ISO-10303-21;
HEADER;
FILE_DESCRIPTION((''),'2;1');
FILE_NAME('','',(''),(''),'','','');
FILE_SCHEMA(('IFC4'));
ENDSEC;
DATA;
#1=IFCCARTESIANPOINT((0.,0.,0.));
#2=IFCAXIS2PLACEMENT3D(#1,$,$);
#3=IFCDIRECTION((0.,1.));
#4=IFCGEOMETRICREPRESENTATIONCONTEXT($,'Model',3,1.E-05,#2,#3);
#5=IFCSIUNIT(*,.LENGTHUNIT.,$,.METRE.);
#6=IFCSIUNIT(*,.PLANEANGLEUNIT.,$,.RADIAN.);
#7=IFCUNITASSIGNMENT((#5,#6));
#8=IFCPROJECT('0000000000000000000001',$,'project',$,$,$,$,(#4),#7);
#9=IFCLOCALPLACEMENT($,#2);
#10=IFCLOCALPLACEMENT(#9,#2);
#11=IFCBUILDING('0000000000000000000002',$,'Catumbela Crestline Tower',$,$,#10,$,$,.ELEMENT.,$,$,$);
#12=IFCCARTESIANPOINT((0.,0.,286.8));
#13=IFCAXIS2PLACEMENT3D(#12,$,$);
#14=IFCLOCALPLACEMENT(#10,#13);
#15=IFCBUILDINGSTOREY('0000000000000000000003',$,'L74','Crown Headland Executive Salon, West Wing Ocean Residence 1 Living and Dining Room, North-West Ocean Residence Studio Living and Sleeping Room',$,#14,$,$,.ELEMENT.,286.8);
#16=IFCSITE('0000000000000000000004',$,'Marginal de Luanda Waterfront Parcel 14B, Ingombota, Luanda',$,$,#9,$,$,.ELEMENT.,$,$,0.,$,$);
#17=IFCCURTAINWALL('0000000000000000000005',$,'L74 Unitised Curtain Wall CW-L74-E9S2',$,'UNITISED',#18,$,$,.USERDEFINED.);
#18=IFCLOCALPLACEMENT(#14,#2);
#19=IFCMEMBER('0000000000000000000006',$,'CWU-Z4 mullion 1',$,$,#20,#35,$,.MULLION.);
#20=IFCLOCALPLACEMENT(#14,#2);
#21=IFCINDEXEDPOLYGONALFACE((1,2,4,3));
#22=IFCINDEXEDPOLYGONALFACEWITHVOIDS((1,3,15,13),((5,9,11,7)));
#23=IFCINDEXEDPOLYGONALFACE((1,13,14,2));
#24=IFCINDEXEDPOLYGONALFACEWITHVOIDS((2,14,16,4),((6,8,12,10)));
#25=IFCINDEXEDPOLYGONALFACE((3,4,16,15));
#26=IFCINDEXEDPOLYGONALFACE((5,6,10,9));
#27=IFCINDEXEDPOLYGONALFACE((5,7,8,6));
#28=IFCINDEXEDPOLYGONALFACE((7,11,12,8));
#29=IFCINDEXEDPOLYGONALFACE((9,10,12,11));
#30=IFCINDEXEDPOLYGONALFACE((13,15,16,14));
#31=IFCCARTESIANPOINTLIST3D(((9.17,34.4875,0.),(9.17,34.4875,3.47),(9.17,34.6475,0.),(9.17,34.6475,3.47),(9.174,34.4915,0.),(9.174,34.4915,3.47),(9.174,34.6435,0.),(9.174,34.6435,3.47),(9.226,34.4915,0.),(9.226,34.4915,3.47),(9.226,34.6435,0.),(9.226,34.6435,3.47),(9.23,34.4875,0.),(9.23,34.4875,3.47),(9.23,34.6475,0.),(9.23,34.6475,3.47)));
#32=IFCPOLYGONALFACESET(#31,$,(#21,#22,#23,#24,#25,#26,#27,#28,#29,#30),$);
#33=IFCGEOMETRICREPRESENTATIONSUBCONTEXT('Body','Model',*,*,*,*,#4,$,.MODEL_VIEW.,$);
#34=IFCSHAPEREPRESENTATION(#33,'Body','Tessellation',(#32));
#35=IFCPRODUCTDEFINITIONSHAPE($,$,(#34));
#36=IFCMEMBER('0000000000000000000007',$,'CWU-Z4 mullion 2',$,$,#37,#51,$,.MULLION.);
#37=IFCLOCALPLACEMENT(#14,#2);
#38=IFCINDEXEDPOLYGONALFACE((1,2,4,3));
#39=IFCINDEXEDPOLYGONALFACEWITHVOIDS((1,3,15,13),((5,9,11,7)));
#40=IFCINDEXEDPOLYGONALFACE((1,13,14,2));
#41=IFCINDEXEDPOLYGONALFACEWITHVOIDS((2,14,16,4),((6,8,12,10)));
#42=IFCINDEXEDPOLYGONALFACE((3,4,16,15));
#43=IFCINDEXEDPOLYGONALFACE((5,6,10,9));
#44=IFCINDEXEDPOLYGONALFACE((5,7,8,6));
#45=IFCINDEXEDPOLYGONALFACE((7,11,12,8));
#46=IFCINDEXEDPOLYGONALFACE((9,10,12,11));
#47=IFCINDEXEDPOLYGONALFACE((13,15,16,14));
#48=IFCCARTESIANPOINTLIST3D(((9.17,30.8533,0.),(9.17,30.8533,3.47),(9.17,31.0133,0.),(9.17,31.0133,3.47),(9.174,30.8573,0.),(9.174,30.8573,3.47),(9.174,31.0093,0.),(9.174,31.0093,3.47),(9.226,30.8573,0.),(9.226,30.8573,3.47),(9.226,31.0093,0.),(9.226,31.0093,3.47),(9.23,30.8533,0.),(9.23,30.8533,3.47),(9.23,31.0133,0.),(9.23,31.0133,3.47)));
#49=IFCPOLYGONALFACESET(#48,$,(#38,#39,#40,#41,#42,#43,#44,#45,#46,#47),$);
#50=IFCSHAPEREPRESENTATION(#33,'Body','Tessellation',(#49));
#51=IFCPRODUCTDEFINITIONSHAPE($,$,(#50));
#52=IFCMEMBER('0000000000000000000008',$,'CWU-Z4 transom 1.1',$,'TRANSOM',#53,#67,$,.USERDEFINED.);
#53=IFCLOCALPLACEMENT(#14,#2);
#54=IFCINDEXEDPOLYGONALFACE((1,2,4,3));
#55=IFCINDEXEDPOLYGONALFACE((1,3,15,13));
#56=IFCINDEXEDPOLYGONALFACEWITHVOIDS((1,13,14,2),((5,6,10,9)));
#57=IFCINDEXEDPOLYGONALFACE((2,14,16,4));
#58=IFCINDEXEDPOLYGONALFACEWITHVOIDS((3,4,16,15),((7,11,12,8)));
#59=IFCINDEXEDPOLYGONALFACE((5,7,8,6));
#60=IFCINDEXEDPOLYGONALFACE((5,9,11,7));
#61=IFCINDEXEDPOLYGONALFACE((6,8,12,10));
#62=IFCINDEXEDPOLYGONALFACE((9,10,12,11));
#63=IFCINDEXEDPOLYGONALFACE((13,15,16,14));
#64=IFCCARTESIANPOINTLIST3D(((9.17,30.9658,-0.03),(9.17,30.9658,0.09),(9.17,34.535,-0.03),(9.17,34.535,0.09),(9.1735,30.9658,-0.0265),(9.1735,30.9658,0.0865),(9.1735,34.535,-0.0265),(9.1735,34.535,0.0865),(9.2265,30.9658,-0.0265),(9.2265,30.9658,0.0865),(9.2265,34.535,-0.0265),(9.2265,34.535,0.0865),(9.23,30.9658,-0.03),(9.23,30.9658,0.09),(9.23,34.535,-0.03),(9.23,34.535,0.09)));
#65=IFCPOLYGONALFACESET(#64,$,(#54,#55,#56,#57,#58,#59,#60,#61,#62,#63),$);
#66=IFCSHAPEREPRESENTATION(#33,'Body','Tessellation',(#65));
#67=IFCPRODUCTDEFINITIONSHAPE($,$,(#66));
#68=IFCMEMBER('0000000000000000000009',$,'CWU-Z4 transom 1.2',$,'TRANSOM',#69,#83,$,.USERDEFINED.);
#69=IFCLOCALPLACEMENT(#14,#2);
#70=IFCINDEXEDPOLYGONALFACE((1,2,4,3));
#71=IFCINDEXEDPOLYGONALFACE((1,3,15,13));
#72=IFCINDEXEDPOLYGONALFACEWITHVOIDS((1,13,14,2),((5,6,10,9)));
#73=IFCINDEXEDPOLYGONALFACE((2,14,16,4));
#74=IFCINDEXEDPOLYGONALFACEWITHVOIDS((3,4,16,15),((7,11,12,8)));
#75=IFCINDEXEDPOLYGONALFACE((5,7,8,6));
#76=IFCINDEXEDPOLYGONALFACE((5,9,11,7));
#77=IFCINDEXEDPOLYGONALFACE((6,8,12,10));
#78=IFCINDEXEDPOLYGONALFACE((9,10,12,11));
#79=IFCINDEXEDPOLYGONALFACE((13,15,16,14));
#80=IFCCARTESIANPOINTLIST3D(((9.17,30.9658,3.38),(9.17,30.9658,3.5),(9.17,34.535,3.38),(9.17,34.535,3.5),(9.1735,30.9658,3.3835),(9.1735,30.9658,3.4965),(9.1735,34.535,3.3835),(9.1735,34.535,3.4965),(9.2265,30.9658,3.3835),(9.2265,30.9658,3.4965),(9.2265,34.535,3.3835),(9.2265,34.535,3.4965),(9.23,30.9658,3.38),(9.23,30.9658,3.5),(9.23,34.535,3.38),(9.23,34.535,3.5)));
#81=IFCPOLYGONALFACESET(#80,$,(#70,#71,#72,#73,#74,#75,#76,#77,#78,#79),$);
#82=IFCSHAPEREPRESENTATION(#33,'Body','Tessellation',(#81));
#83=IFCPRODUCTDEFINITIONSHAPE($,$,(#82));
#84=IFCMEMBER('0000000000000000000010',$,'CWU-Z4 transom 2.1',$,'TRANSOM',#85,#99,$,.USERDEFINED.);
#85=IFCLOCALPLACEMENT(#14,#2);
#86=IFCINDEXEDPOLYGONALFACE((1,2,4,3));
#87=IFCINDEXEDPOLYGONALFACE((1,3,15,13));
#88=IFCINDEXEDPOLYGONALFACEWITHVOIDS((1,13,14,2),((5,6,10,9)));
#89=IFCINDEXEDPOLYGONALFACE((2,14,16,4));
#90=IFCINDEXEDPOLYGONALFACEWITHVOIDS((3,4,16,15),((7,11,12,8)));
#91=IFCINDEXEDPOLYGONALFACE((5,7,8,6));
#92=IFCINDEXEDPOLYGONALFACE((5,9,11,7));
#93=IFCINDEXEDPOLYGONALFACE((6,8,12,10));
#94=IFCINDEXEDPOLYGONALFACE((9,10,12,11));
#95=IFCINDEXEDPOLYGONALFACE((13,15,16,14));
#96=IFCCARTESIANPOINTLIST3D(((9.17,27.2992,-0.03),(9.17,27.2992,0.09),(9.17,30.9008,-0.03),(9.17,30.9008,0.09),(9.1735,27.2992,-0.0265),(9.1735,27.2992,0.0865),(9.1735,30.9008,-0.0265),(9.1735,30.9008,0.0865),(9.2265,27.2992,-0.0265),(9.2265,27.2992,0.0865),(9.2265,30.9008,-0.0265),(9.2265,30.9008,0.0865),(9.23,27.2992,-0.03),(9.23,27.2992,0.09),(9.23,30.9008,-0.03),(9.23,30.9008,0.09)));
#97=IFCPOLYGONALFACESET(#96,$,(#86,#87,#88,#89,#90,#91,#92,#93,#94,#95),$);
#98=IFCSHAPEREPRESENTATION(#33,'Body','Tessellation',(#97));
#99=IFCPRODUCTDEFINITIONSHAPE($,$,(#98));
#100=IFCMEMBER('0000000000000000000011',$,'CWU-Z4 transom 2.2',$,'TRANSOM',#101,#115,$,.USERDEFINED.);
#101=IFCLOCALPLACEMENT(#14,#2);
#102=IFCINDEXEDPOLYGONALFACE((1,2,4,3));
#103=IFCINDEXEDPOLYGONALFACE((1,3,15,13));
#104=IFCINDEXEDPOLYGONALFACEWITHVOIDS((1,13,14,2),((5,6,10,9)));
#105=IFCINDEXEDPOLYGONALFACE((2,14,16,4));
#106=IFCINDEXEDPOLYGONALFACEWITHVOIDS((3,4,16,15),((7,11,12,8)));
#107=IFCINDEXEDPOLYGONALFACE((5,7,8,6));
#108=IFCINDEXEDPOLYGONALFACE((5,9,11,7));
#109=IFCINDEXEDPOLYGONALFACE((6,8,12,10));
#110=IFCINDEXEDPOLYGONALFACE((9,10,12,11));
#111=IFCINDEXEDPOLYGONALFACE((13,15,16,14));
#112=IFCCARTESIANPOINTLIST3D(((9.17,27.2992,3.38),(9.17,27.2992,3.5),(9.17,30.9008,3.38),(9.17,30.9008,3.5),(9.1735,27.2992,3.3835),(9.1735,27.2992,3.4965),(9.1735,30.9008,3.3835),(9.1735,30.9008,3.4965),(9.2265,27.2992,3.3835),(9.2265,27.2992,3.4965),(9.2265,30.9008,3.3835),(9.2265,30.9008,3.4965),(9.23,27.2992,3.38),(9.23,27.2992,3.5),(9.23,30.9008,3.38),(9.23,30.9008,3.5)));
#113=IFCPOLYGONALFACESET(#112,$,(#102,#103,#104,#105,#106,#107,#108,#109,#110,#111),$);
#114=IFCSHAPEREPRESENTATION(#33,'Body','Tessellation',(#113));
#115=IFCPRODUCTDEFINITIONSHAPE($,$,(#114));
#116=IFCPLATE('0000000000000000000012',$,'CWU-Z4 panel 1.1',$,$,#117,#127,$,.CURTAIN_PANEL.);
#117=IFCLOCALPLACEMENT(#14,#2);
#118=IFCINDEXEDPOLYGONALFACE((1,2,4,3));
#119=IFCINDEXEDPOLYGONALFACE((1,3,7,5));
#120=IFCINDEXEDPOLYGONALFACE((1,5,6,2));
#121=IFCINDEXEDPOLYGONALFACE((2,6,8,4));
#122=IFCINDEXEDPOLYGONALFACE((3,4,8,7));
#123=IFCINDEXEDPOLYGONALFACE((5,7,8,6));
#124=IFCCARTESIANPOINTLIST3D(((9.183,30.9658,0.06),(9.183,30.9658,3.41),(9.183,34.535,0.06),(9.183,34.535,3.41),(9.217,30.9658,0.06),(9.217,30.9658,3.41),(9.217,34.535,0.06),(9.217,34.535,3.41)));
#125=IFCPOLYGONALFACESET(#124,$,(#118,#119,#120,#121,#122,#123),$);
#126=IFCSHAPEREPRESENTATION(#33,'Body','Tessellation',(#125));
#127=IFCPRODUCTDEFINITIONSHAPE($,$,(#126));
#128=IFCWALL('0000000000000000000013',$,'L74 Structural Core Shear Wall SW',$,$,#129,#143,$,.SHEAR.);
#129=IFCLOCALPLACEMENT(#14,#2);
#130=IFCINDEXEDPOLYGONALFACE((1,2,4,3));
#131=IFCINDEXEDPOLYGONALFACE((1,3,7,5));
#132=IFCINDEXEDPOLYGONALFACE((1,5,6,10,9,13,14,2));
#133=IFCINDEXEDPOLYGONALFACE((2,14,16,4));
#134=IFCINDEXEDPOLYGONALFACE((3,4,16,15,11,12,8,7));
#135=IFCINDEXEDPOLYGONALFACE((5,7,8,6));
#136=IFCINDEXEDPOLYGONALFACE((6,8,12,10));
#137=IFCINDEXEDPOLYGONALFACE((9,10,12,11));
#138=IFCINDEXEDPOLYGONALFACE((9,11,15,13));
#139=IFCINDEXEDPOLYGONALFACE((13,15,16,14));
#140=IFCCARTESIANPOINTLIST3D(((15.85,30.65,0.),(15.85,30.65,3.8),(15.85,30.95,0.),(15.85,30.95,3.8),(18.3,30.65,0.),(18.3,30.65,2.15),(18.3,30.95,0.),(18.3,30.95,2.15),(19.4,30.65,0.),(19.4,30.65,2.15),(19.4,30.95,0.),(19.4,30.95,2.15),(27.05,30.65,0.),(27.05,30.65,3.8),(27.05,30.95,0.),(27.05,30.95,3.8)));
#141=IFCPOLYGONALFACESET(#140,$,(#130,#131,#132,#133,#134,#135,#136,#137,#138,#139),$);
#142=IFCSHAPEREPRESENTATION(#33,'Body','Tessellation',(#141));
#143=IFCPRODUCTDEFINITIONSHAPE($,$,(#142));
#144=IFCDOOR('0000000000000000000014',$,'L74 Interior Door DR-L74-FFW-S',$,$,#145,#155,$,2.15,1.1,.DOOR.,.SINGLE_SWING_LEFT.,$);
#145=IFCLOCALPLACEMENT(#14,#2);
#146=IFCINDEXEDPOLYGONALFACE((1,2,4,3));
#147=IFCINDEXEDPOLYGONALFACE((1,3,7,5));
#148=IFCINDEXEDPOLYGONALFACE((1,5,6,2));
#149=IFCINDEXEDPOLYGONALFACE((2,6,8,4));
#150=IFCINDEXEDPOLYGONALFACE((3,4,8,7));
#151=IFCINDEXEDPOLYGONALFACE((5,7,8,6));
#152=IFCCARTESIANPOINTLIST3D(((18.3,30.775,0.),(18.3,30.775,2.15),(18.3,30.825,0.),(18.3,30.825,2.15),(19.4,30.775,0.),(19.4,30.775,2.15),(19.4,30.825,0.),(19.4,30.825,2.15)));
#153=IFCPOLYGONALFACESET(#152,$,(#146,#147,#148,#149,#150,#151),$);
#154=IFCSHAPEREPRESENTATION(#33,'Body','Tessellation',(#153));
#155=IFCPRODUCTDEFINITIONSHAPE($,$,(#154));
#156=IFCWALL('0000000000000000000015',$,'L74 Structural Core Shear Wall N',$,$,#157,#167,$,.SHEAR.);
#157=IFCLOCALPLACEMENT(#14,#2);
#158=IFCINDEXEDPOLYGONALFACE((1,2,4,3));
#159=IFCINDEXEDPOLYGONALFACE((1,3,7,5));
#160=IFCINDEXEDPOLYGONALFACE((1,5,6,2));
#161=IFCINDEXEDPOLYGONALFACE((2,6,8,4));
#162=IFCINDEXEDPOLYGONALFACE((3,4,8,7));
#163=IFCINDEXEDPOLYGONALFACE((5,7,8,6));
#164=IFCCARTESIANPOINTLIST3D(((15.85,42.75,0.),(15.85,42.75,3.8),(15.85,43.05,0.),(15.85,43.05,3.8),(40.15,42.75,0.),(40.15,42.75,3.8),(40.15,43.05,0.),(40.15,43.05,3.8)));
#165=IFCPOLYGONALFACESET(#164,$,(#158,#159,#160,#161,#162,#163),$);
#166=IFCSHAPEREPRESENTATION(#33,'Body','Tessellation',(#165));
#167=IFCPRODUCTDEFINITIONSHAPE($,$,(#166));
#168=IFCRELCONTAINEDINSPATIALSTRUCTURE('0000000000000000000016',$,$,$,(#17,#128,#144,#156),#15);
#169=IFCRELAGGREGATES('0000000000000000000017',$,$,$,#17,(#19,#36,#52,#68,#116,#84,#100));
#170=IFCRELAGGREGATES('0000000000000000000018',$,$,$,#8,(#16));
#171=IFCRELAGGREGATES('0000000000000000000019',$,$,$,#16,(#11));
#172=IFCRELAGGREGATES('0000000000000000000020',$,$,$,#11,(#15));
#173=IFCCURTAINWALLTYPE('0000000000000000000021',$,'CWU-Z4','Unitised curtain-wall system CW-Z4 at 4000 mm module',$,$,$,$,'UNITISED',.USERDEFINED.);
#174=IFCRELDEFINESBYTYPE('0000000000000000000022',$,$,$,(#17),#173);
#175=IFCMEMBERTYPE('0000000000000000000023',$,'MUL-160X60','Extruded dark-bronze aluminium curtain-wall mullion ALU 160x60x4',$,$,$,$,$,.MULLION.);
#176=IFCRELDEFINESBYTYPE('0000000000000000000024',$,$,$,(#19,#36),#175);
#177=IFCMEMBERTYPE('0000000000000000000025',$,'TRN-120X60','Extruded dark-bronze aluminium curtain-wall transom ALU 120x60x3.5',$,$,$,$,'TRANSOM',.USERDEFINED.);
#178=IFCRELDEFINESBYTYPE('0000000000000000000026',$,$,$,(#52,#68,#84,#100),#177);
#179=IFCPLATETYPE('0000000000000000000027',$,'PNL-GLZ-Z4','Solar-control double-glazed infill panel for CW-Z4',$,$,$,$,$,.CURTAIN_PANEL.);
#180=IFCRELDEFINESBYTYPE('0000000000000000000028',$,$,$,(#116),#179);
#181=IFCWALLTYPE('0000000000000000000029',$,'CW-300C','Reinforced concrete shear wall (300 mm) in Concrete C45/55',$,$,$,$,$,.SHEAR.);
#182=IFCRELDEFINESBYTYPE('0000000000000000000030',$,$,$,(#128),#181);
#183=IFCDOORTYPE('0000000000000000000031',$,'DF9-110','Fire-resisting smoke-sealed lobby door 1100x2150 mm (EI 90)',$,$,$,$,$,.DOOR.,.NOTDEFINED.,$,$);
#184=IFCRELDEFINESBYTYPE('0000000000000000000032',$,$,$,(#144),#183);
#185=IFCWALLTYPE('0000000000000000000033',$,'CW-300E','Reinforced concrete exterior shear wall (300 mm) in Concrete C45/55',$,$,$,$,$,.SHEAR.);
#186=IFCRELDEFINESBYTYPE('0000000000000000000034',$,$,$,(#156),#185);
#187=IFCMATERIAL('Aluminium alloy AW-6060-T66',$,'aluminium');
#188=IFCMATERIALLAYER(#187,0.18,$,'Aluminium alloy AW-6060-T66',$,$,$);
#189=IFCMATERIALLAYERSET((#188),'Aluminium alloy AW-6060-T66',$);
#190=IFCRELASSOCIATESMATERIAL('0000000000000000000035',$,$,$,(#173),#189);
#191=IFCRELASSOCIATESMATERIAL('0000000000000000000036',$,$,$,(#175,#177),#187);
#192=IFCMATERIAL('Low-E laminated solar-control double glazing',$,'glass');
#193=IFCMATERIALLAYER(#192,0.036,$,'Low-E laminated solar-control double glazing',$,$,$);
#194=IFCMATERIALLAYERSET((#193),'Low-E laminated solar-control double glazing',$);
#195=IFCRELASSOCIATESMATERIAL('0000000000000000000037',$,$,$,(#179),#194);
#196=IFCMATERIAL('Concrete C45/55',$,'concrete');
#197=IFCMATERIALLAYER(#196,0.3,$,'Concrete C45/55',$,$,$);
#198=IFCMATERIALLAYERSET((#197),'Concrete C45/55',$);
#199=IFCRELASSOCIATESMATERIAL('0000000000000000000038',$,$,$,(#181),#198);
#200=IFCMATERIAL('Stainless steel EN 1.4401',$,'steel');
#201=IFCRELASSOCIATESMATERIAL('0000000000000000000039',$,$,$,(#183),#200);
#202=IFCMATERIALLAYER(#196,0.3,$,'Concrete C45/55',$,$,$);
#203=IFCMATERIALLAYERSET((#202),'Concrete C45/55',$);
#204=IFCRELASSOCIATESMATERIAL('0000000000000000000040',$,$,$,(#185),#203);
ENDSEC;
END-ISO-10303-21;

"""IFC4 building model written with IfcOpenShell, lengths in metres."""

from ifc_helpers import new_model, si_unit, direction, frame, frame_2d, origin, origin_2d, place, context, subcontext, project, spatial, rectangle, hollow_rectangle, extrude, material, layer, layer_set, material_profile, profile_set, type_object, element, fill, aggregate, save


model = new_model("IFC4")

# Units and contexts
model_context = context("Model", 3, precision=1e-05, world=origin(), true_north=direction((0.0, 1.0)))
body_context = subcontext(model_context, "Body", "Model", "MODEL_VIEW")
ifc_project = project(units=[si_unit("LENGTHUNIT", "METRE"), si_unit("PLANEANGLEUNIT", "RADIAN")], contexts=[model_context])

# Site, building, storey
site_placement = place(None, origin())
site = spatial("IfcSite", under=ifc_project, at=site_placement, Name="Marginal de Luanda Waterfront Parcel 14B, Ingombota, Luanda", CompositionType="ELEMENT", RefElevation=0.0)
building_placement = place(site_placement, origin())
building = spatial("IfcBuilding", under=site, at=building_placement, Name="Catumbela Crestline Tower", CompositionType="ELEMENT")
storey_placement = place(building_placement, frame((0.0, 0.0, 286.8)))
storey = spatial("IfcBuildingStorey", under=building, at=storey_placement, Name="L74", Description="Crown Headland Executive Salon, West Wing Ocean Residence 1 Living and Dining Room, North-West Ocean Residence Studio Living and Sleeping Room", CompositionType="ELEMENT", Elevation=286.8)

# Curtain wall, members, plate
ifc_material_1 = material(Name="Aluminium alloy AW-6060-T66", Category="aluminium")
ifc_layer_1 = layer(ifc_material_1, 0.18, Name="Aluminium alloy AW-6060-T66")
ifc_layer_set_1 = layer_set([ifc_layer_1], Name="Aluminium alloy AW-6060-T66")
curtain_wall_type = type_object("IfcCurtainWallType", Name="CWU-Z4", Description="Unitised curtain-wall system CW-Z4 at 4000 mm module", ElementType="UNITISED", PredefinedType="USERDEFINED", material=ifc_layer_set_1)
curtain_wall_placement = place(storey_placement, origin())
curtain_wall = element("IfcCurtainWall", 1, at=curtain_wall_placement, inside=storey, type_object=curtain_wall_type, Name="L74 Unitised Curtain Wall CW-L74-E9S2", ObjectType="UNITISED", PredefinedType="USERDEFINED")
ifc_material_profile_1 = material_profile(ifc_material_1, hollow_rectangle(XDim=0.06, YDim=0.16, WallThickness=0.004, at=origin_2d()), Name="ALU 160x60x4")
ifc_profile_set_1 = profile_set([ifc_material_profile_1], Name="Aluminium alloy AW-6060-T66")
member_type_1 = type_object("IfcMemberType", Name="MUL-160X60", Description="Extruded dark-bronze aluminium curtain-wall mullion ALU 160x60x4", PredefinedType="MULLION", material=ifc_profile_set_1)
member_1_placement = place(storey_placement, frame((9.2, 34.5675, 0.0), z_axis=(0.0, 0.0, 1.0), x_axis=(1.0, 0.0, 0.0)))
member_1 = element("IfcMember", 2, at=member_1_placement, type_object=member_type_1, Name="CWU-Z4 mullion 1", PredefinedType="MULLION", context=body_context, shape_type="SweptSolid", body=[
    extrude(hollow_rectangle(XDim=0.06, YDim=0.16, WallThickness=0.004, at=origin_2d()), origin(), (0.0, 0.0, 1.0), 3.47),
])
member_2_placement = place(storey_placement, frame((9.2, 30.9333, 0.0), z_axis=(0.0, 0.0, 1.0), x_axis=(1.0, 0.0, 0.0)))
member_2 = element("IfcMember", 3, at=member_2_placement, type_object=member_type_1, Name="CWU-Z4 mullion 2", PredefinedType="MULLION", context=body_context, shape_type="SweptSolid", body=[
    extrude(hollow_rectangle(XDim=0.06, YDim=0.16, WallThickness=0.004, at=origin_2d()), origin(), (0.0, 0.0, 1.0), 3.47),
])
ifc_material_profile_2 = material_profile(ifc_material_1, hollow_rectangle(XDim=0.06, YDim=0.12, WallThickness=0.0035, at=origin_2d()), Name="ALU 120x60x3.5")
ifc_profile_set_2 = profile_set([ifc_material_profile_2], Name="Aluminium alloy AW-6060-T66")
member_type_2 = type_object("IfcMemberType", Name="TRN-120X60", Description="Extruded dark-bronze aluminium curtain-wall transom ALU 120x60x3.5", ElementType="TRANSOM", PredefinedType="USERDEFINED", material=ifc_profile_set_2)
member_3_placement = place(storey_placement, frame((9.2, 34.535, 0.03), z_axis=(0.0, -1.0, 0.0), x_axis=(1.0, 0.0, 0.0)))
member_3 = element("IfcMember", 4, at=member_3_placement, type_object=member_type_2, Name="CWU-Z4 transom 1.1", ObjectType="TRANSOM", PredefinedType="USERDEFINED", context=body_context, shape_type="SweptSolid", body=[
    extrude(hollow_rectangle(XDim=0.06, YDim=0.12, WallThickness=0.0035, at=origin_2d()), origin(), (0.0, 0.0, 1.0), 3.5692),
])
member_4_placement = place(storey_placement, frame((9.2, 34.535, 3.44), z_axis=(0.0, -1.0, 0.0), x_axis=(1.0, 0.0, 0.0)))
member_4 = element("IfcMember", 5, at=member_4_placement, type_object=member_type_2, Name="CWU-Z4 transom 1.2", ObjectType="TRANSOM", PredefinedType="USERDEFINED", context=body_context, shape_type="SweptSolid", body=[
    extrude(hollow_rectangle(XDim=0.06, YDim=0.12, WallThickness=0.0035, at=origin_2d()), origin(), (0.0, 0.0, 1.0), 3.5692),
])
member_5_placement = place(storey_placement, frame((9.2, 30.9008, 0.03), z_axis=(0.0, -1.0, 0.0), x_axis=(1.0, 0.0, 0.0)))
member_5 = element("IfcMember", 6, at=member_5_placement, type_object=member_type_2, Name="CWU-Z4 transom 2.1", ObjectType="TRANSOM", PredefinedType="USERDEFINED", context=body_context, shape_type="SweptSolid", body=[
    extrude(hollow_rectangle(XDim=0.06, YDim=0.12, WallThickness=0.0035, at=origin_2d()), origin(), (0.0, 0.0, 1.0), 3.6016),
])
member_6_placement = place(storey_placement, frame((9.2, 30.9008, 3.44), z_axis=(0.0, -1.0, 0.0), x_axis=(1.0, 0.0, 0.0)))
member_6 = element("IfcMember", 7, at=member_6_placement, type_object=member_type_2, Name="CWU-Z4 transom 2.2", ObjectType="TRANSOM", PredefinedType="USERDEFINED", context=body_context, shape_type="SweptSolid", body=[
    extrude(hollow_rectangle(XDim=0.06, YDim=0.12, WallThickness=0.0035, at=origin_2d()), origin(), (0.0, 0.0, 1.0), 3.6016),
])
ifc_material_2 = material(Name="Low-E laminated solar-control double glazing", Category="glass")
ifc_layer_2 = layer(ifc_material_2, 0.036, Name="Low-E laminated solar-control double glazing")
ifc_layer_set_2 = layer_set([ifc_layer_2], Name="Low-E laminated solar-control double glazing")
plate_type = type_object("IfcPlateType", Name="PNL-GLZ-Z4", Description="Solar-control double-glazed infill panel for CW-Z4", PredefinedType="CURTAIN_PANEL", material=ifc_layer_set_2)
plate_placement = place(storey_placement, frame((9.2, 32.7504, 0.06), z_axis=(0.0, 0.0, 1.0), x_axis=(0.0, -1.0, 0.0)))
plate = element("IfcPlate", 8, at=plate_placement, type_object=plate_type, Name="CWU-Z4 panel 1.1", PredefinedType="CURTAIN_PANEL", context=body_context, shape_type="SweptSolid", body=[
    extrude(rectangle(XDim=3.5692, YDim=0.034, at=origin_2d()), origin(), (0.0, 0.0, 1.0), 3.35),
])
aggregate(curtain_wall, [member_1, member_2, member_3, member_4, plate, member_5, member_6])

# Wall, opening, door
ifc_material_3 = material(Name="Concrete C45/55", Category="concrete")
ifc_layer_3 = layer(ifc_material_3, 0.3, Name="Concrete C45/55")
ifc_layer_set_3 = layer_set([ifc_layer_3], Name="Concrete C45/55")
wall_type_1 = type_object("IfcWallType", Name="CW-300C", Description="Reinforced concrete shear wall (300 mm) in Concrete C45/55", PredefinedType="SHEAR", material=ifc_layer_set_3)
wall_1_placement = place(storey_placement, frame((15.85, 30.8, 0.0), z_axis=(0.0, 0.0, 1.0), x_axis=(1.0, 0.0, 0.0)))
wall_1 = element("IfcWall", 9, at=wall_1_placement, inside=storey, type_object=wall_type_1, Name="L74 Structural Core Shear Wall SW", PredefinedType="SHEAR", context=body_context, shape_type="SweptSolid", body=[
    extrude(rectangle(XDim=11.2, YDim=0.3, at=frame_2d((5.6, 0.0))), origin(), (0.0, 0.0, 1.0), 3.8),
])
opening_1_placement = place(wall_1_placement, frame((2.45, 0.0, 0.0)))
opening_1 = element("IfcOpeningElement", 10, at=opening_1_placement, cuts=wall_1, PredefinedType="OPENING", context=body_context, shape_type="SweptSolid", body=[
    extrude(rectangle(XDim=1.1, YDim=2.15, at=frame_2d((0.55, 1.075))), frame((0.0, 0.16, 0.0), z_axis=(0.0, -1.0, 0.0), x_axis=(1.0, 0.0, 0.0)), (0.0, 0.0, 1.0), 0.32),
])
ifc_material_4 = material(Name="Stainless steel EN 1.4401", Category="steel")
door_type_1 = type_object("IfcDoorType", Name="DF9-110", Description="Fire-resisting smoke-sealed lobby door 1100x2150 mm (EI 90)", OperationType="NOTDEFINED", PredefinedType="DOOR", material=ifc_material_4)
door_1_placement = place(opening_1_placement, origin())
door_1 = element("IfcDoor", 11, at=door_1_placement, inside=storey, type_object=door_type_1, Name="L74 Interior Door DR-L74-FFW-S", OperationType="SINGLE_SWING_LEFT", OverallHeight=2.15, OverallWidth=1.1, PredefinedType="DOOR", context=body_context, shape_type="SweptSolid", body=[
    extrude(rectangle(XDim=1.1, YDim=2.15, at=frame_2d((0.55, 1.075))), frame((0.0, 0.025, 0.0), z_axis=(0.0, -1.0, 0.0), x_axis=(1.0, 0.0, 0.0)), (0.0, 0.0, 1.0), 0.05),
])
fill(opening_1, door_1)

# Wall
ifc_layer_4 = layer(ifc_material_3, 0.3, Name="Concrete C45/55")
ifc_layer_set_4 = layer_set([ifc_layer_4], Name="Concrete C45/55")
wall_type_2 = type_object("IfcWallType", Name="CW-300E", Description="Reinforced concrete exterior shear wall (300 mm) in Concrete C45/55", PredefinedType="SHEAR", material=ifc_layer_set_4)
wall_2_placement = place(storey_placement, frame((15.85, 42.9, 0.0), z_axis=(0.0, 0.0, 1.0), x_axis=(1.0, 0.0, 0.0)))
element("IfcWall", 12, at=wall_2_placement, inside=storey, type_object=wall_type_2, Name="L74 Structural Core Shear Wall N", PredefinedType="SHEAR", context=body_context, shape_type="SweptSolid", body=[
    extrude(rectangle(XDim=24.3, YDim=0.3, at=frame_2d((12.15, 0.0))), origin(), (0.0, 0.0, 1.0), 3.8),
])

save(model, "model.ifc")
